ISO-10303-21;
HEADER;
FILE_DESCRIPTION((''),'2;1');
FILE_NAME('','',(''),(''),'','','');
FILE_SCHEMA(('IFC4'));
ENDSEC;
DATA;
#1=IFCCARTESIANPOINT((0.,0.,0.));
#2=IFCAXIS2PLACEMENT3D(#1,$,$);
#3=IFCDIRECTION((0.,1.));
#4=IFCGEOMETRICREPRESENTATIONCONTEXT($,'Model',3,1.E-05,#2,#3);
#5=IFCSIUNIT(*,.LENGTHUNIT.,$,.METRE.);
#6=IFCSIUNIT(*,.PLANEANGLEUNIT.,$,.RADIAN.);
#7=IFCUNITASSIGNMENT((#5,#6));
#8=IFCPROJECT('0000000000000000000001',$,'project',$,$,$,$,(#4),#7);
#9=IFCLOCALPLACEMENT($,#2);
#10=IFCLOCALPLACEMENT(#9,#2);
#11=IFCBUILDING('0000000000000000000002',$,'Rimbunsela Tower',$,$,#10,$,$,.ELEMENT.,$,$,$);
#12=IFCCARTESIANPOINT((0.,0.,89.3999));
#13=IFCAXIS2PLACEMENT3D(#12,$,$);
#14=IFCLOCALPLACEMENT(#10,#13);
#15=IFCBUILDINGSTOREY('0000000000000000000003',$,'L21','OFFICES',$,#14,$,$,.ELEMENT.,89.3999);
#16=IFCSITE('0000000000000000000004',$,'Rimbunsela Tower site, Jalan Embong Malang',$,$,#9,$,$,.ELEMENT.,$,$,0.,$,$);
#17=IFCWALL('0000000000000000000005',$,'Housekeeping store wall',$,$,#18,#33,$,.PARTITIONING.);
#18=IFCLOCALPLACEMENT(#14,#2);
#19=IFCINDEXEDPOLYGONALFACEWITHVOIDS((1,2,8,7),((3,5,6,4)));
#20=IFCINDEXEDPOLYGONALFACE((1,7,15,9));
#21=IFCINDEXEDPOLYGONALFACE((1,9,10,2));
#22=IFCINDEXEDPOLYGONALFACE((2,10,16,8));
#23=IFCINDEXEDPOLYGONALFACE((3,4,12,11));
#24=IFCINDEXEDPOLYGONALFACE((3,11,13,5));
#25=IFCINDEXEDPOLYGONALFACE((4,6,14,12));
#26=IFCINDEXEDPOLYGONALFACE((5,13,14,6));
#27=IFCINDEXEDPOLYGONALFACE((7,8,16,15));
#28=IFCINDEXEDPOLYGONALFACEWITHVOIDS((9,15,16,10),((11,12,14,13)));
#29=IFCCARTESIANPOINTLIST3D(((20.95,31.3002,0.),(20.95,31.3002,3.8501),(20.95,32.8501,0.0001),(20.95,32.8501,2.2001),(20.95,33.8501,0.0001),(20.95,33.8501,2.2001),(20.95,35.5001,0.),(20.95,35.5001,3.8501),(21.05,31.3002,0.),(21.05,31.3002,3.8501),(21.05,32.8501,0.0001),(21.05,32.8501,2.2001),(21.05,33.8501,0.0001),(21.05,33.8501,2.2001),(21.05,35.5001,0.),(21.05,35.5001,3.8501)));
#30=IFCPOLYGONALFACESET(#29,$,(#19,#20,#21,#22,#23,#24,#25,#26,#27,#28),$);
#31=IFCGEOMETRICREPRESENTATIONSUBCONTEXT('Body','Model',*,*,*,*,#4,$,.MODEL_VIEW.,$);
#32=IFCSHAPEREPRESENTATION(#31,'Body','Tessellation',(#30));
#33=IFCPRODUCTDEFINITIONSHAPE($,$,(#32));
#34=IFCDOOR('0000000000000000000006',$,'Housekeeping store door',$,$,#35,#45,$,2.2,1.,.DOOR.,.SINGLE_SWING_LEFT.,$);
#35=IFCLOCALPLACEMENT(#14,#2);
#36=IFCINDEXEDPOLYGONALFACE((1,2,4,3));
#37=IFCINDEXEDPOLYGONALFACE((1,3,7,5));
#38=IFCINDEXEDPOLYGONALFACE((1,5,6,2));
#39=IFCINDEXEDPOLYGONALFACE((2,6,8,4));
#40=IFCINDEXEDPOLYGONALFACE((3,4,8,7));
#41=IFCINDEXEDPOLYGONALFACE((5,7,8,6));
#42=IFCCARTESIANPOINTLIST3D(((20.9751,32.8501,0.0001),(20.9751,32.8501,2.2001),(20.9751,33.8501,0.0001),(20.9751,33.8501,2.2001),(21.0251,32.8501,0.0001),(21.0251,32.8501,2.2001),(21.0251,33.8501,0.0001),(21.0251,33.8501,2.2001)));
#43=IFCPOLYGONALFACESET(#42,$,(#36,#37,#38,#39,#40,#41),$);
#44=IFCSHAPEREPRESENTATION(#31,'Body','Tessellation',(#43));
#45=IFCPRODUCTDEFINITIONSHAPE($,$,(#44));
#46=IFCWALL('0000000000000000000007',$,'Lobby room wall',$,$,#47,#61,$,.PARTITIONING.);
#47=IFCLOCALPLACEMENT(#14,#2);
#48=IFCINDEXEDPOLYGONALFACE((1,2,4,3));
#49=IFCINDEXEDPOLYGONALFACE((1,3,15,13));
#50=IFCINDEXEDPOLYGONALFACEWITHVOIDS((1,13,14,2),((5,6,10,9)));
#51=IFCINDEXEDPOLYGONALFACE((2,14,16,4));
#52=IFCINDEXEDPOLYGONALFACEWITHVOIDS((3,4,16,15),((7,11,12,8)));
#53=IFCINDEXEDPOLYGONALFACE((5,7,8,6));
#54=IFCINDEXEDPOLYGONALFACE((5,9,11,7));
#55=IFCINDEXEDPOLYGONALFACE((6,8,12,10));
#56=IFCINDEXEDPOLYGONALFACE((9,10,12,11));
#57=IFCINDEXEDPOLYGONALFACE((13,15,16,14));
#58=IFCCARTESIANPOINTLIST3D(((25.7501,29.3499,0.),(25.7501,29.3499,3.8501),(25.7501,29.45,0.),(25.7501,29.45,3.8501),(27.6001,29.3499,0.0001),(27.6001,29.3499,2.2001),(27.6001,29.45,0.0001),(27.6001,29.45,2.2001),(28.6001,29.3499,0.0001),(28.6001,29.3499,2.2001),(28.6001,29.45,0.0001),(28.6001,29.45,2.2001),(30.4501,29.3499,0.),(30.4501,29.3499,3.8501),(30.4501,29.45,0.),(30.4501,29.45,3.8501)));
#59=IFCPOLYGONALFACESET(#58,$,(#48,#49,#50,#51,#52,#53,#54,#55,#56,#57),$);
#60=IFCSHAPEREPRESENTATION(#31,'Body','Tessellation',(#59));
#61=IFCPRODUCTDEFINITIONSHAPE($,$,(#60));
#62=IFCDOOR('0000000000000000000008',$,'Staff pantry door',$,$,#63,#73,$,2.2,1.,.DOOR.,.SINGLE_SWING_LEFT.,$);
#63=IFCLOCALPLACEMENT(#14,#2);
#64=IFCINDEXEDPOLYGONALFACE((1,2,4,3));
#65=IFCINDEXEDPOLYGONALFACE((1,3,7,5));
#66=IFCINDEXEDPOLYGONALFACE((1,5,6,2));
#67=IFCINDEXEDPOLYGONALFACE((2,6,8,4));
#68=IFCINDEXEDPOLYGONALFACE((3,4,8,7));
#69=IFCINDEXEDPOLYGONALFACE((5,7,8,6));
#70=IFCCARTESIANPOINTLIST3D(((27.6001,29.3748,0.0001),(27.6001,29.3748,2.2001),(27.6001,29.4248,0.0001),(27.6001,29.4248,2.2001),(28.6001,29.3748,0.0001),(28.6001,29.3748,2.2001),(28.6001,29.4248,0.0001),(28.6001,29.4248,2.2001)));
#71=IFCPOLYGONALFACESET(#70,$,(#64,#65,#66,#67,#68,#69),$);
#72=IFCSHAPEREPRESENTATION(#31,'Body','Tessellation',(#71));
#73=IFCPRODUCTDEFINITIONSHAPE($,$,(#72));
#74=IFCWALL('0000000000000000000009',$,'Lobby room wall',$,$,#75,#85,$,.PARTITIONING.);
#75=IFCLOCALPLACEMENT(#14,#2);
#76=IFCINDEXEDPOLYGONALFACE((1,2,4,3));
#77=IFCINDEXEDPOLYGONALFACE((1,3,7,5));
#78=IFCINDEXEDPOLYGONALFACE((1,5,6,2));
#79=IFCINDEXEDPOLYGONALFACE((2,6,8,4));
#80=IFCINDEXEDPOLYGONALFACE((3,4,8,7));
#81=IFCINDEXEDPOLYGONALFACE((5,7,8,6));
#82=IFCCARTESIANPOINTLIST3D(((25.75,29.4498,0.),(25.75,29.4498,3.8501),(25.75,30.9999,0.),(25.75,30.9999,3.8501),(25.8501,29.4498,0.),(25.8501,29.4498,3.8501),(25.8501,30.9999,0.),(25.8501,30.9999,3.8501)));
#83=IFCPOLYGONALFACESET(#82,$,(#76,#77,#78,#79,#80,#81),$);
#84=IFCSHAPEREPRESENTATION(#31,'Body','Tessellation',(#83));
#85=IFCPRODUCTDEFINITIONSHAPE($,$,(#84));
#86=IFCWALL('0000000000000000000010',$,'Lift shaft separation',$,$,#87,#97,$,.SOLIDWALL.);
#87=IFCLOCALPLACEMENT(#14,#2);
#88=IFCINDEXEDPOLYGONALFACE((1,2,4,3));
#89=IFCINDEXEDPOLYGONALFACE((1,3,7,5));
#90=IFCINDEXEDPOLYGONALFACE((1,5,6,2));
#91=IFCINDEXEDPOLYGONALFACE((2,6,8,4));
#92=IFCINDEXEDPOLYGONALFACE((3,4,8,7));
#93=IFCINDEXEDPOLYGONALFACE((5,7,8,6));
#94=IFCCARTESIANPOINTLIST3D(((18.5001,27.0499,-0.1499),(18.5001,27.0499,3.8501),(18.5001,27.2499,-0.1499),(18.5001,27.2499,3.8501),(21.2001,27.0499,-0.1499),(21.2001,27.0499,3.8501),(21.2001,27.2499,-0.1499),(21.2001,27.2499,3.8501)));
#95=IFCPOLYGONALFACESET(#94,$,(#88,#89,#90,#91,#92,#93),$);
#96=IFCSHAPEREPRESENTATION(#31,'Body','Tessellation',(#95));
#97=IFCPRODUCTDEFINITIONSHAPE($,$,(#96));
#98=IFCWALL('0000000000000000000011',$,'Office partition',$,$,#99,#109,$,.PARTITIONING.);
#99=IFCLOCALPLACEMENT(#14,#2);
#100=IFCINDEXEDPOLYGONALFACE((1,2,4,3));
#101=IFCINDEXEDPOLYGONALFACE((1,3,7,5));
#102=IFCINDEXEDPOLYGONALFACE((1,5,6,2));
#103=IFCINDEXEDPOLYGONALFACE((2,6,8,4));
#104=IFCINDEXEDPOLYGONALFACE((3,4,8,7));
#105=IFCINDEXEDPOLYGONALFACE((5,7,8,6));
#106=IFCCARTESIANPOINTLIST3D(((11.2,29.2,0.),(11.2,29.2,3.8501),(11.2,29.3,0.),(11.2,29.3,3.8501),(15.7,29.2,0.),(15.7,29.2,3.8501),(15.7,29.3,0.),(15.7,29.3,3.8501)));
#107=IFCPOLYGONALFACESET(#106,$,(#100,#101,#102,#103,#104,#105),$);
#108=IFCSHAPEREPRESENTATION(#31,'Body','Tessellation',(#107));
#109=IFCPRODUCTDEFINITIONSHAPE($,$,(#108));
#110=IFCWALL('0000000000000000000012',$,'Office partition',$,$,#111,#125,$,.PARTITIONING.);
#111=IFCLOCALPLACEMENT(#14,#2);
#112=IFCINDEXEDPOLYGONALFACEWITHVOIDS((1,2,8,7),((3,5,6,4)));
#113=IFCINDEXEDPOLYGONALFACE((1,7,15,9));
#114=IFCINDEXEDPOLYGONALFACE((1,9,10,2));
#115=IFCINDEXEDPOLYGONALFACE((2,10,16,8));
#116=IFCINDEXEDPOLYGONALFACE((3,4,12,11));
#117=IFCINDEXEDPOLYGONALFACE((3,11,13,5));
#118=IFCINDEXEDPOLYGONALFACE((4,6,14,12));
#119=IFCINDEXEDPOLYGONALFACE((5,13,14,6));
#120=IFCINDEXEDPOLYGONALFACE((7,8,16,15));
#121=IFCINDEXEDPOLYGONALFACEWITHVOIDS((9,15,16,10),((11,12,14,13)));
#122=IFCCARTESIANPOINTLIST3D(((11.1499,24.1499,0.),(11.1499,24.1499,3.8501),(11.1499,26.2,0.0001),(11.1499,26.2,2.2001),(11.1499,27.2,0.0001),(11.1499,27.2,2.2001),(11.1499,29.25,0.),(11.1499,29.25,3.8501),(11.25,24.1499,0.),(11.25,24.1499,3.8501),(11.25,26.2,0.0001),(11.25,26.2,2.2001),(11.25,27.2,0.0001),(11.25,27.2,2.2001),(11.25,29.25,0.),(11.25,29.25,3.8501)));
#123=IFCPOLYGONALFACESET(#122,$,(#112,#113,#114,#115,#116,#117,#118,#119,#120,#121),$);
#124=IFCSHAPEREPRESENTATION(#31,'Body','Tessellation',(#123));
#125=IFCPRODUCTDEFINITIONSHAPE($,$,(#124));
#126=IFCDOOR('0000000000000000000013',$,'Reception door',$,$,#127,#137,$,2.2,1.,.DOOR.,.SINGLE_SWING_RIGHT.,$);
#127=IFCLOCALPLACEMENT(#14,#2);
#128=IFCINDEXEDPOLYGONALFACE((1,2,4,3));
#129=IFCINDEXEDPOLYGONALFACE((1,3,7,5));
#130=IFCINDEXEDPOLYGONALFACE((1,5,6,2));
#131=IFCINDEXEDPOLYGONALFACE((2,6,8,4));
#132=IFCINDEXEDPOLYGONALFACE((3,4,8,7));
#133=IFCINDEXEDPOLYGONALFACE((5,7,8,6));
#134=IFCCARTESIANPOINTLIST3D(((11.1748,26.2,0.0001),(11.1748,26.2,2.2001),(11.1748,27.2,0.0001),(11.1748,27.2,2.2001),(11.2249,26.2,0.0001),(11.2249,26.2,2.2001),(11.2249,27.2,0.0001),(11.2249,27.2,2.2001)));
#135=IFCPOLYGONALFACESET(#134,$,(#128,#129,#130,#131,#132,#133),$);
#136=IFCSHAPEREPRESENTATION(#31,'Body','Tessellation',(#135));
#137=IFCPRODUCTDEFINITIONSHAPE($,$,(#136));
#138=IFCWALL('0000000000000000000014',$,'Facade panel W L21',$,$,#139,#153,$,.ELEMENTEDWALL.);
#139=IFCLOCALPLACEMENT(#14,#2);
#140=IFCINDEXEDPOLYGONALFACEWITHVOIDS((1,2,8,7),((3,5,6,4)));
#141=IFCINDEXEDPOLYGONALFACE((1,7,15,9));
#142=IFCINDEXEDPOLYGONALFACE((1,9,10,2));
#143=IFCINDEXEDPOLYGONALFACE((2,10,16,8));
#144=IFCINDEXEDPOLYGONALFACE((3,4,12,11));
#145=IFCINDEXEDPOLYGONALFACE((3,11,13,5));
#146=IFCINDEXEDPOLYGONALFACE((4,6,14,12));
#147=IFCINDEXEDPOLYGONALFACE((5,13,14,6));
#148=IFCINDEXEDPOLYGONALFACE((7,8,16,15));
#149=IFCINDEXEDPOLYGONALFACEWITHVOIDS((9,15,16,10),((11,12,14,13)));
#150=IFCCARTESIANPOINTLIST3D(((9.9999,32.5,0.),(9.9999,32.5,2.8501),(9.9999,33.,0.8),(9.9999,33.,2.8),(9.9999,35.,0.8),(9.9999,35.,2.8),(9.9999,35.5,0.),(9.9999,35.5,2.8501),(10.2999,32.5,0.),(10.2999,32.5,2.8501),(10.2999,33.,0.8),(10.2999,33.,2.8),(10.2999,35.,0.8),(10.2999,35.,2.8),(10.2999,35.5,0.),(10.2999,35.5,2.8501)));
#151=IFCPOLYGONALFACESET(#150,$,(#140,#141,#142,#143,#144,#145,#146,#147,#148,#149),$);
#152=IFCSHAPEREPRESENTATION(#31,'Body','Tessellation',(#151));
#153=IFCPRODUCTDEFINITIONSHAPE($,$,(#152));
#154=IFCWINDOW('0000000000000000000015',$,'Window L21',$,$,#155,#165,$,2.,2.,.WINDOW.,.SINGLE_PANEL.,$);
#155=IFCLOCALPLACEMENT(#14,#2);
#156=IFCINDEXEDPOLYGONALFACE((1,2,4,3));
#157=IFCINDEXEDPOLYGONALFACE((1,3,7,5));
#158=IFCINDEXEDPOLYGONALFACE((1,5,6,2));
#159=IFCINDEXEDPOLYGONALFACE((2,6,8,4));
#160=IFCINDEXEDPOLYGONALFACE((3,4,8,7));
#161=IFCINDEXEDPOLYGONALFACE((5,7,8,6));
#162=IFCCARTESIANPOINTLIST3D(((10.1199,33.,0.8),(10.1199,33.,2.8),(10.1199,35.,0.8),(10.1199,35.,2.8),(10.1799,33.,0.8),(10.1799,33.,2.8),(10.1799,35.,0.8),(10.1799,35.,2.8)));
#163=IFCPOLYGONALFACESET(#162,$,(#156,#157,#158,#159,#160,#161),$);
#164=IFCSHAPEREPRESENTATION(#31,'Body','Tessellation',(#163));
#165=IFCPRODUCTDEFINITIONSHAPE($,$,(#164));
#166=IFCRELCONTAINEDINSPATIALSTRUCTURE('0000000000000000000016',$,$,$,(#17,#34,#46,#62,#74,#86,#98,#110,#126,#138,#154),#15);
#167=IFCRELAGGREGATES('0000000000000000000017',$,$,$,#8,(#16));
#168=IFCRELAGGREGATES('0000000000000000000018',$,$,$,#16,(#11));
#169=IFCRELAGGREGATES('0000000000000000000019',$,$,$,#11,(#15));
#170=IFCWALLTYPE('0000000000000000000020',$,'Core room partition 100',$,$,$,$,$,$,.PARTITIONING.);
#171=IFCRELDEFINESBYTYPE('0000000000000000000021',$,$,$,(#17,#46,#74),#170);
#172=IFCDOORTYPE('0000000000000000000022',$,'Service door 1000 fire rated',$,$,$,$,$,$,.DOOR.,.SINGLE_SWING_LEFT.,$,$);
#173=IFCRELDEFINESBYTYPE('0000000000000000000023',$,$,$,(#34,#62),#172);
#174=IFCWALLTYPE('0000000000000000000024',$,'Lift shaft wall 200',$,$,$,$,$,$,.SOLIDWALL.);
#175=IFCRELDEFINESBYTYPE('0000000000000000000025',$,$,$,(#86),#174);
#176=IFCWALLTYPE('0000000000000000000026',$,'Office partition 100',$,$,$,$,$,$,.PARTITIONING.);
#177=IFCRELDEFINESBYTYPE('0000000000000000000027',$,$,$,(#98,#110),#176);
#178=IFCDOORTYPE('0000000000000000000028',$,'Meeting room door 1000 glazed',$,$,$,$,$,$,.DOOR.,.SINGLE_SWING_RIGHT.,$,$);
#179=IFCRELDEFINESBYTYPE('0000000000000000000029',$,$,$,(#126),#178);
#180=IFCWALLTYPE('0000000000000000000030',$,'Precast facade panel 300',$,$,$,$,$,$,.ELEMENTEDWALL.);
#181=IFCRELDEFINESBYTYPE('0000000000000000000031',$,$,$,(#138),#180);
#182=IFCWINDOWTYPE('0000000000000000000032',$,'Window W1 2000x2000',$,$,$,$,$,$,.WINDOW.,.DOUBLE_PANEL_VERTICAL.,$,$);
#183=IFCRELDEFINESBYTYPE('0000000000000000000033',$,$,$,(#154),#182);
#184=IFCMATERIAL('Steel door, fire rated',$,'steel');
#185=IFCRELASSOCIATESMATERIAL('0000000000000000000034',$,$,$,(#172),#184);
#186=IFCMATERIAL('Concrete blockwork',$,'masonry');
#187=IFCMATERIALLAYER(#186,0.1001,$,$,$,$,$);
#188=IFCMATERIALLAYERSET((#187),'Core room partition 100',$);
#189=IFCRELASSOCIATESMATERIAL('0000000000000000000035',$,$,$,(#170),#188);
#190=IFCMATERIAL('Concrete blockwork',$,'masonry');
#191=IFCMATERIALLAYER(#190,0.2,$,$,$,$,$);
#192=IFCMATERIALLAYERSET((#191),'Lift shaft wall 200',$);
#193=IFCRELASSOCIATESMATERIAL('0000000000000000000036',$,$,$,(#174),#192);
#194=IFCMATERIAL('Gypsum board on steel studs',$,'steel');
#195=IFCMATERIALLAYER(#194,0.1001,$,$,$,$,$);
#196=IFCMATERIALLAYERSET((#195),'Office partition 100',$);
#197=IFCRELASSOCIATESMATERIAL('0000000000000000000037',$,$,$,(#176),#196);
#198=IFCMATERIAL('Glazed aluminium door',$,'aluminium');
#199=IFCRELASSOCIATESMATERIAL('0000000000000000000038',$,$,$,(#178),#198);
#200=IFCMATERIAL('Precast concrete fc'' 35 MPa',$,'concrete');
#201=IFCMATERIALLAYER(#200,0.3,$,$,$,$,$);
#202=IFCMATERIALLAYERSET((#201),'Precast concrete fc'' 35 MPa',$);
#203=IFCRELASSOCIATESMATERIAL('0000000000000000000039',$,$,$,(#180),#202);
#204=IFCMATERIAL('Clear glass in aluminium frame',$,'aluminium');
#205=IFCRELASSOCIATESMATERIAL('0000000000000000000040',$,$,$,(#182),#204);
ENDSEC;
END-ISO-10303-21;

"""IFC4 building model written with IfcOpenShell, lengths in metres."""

from ifc_helpers import new_model, si_unit, direction, frame, frame_2d, origin, place, context, subcontext, project, spatial, rectangle, extrude, material, layer, layer_set, type_object, element, fill, save


model = new_model("IFC4")

# Units and contexts
model_context = context("Model", 3, precision=1e-05, world=origin(), true_north=direction((0.0, 1.0)))
body_context = subcontext(model_context, "Body", "Model", "MODEL_VIEW")
ifc_project = project(units=[si_unit("LENGTHUNIT", "METRE"), si_unit("PLANEANGLEUNIT", "RADIAN")], contexts=[model_context])

# Site, building, storey
site_placement = place(None, origin())
site = spatial("IfcSite", under=ifc_project, at=site_placement, Name="Rimbunsela Tower site, Jalan Embong Malang", CompositionType="ELEMENT", RefElevation=0.0)
building_placement = place(site_placement, origin())
building = spatial("IfcBuilding", under=site, at=building_placement, Name="Rimbunsela Tower", CompositionType="ELEMENT")
storey_placement = place(building_placement, frame((0.0, 0.0, 89.3999)))
storey = spatial("IfcBuildingStorey", under=building, at=storey_placement, Name="L21", Description="OFFICES", CompositionType="ELEMENT", Elevation=89.3999)

# Shared definitions
ifc_material_1 = material(Name="Steel door, fire rated", Category="steel")
door_type_1 = type_object("IfcDoorType", Name="Service door 1000 fire rated", OperationType="SINGLE_SWING_LEFT", PredefinedType="DOOR", material=ifc_material_1)

# Walls, openings, doors
ifc_material_2 = material(Name="Concrete blockwork", Category="masonry")
ifc_layer_1 = layer(ifc_material_2, 0.1001)
ifc_layer_set_1 = layer_set([ifc_layer_1], Name="Core room partition 100")
wall_type_1 = type_object("IfcWallType", Name="Core room partition 100", PredefinedType="PARTITIONING", material=ifc_layer_set_1)
wall_1_placement = place(storey_placement, frame((21.0, 31.3, 0.0), z_axis=(0.0, 0.0, 1.0), x_axis=(0.0, 1.0, 0.0)))
wall_1 = element("IfcWall", 1, at=wall_1_placement, inside=storey, type_object=wall_type_1, Name="Housekeeping store wall", PredefinedType="PARTITIONING", context=body_context, shape_type="SweptSolid", body=[
    extrude(rectangle(XDim=4.2, YDim=0.1001, at=frame_2d((2.1001, 0.0))), origin(), (0.0, 0.0, 1.0), 3.8501),
])
opening_1_placement = place(wall_1_placement, frame((1.55, 0.0, 0.0)))
opening_1 = element("IfcOpeningElement", 2, at=opening_1_placement, cuts=wall_1, PredefinedType="OPENING", context=body_context, shape_type="SweptSolid", body=[
    extrude(rectangle(XDim=1.0, YDim=2.2, at=frame_2d((0.5, 1.1001))), frame((0.0, 0.0601, 0.0), z_axis=(0.0, -1.0, 0.0), x_axis=(1.0, 0.0, 0.0)), (0.0, 0.0, 1.0), 0.1201),
])
door_1_placement = place(opening_1_placement, origin())
door_1 = element("IfcDoor", 3, at=door_1_placement, inside=storey, type_object=door_type_1, Name="Housekeeping store door", OperationType="SINGLE_SWING_LEFT", OverallHeight=2.2, OverallWidth=1.0, PredefinedType="DOOR", context=body_context, shape_type="SweptSolid", body=[
    extrude(rectangle(XDim=1.0, YDim=2.2, at=frame_2d((0.5, 1.1001))), frame((0.0, 0.0249, 0.0), z_axis=(0.0, -1.0, 0.0), x_axis=(1.0, 0.0, 0.0)), (0.0, 0.0, 1.0), 0.05),
])
fill(opening_1, door_1)
wall_2_placement = place(storey_placement, frame((25.75, 29.3999, 0.0), z_axis=(0.0, 0.0, 1.0), x_axis=(1.0, 0.0, 0.0)))
wall_2 = element("IfcWall", 4, at=wall_2_placement, inside=storey, type_object=wall_type_1, Name="Lobby room wall", PredefinedType="PARTITIONING", context=body_context, shape_type="SweptSolid", body=[
    extrude(rectangle(XDim=4.7, YDim=0.1001, at=frame_2d((2.3501, 0.0))), origin(), (0.0, 0.0, 1.0), 3.8501),
])
opening_2_placement = place(wall_2_placement, frame((1.8501, 0.0, 0.0)))
opening_2 = element("IfcOpeningElement", 5, at=opening_2_placement, cuts=wall_2, PredefinedType="OPENING", context=body_context, shape_type="SweptSolid", body=[
    extrude(rectangle(XDim=1.0, YDim=2.2, at=frame_2d((0.5, 1.1001))), frame((0.0, 0.0601, 0.0), z_axis=(0.0, -1.0, 0.0), x_axis=(1.0, 0.0, 0.0)), (0.0, 0.0, 1.0), 0.1201),
])
door_2_placement = place(opening_2_placement, origin())
door_2 = element("IfcDoor", 6, at=door_2_placement, inside=storey, type_object=door_type_1, Name="Staff pantry door", OperationType="SINGLE_SWING_LEFT", OverallHeight=2.2, OverallWidth=1.0, PredefinedType="DOOR", context=body_context, shape_type="SweptSolid", body=[
    extrude(rectangle(XDim=1.0, YDim=2.2, at=frame_2d((0.5, 1.1001))), frame((0.0, 0.0249, 0.0), z_axis=(0.0, -1.0, 0.0), x_axis=(1.0, 0.0, 0.0)), (0.0, 0.0, 1.0), 0.05),
])
fill(opening_2, door_2)

# Walls
wall_3_placement = place(storey_placement, frame((25.8, 29.45, 0.0), z_axis=(0.0, 0.0, 1.0), x_axis=(0.0, 1.0, 0.0)))
element("IfcWall", 7, at=wall_3_placement, inside=storey, type_object=wall_type_1, Name="Lobby room wall", PredefinedType="PARTITIONING", context=body_context, shape_type="SweptSolid", body=[
    extrude(rectangle(XDim=1.55, YDim=0.1001, at=frame_2d((0.7749, 0.0))), origin(), (0.0, 0.0, 1.0), 3.8501),
])
ifc_material_3 = material(Name="Concrete blockwork", Category="masonry")
ifc_layer_2 = layer(ifc_material_3, 0.2)
ifc_layer_set_2 = layer_set([ifc_layer_2], Name="Lift shaft wall 200")
wall_type_2 = type_object("IfcWallType", Name="Lift shaft wall 200", PredefinedType="SOLIDWALL", material=ifc_layer_set_2)
wall_4_placement = place(storey_placement, frame((18.5, 27.1499, -0.1499), z_axis=(0.0, 0.0, 1.0), x_axis=(1.0, 0.0, 0.0)))
element("IfcWall", 8, at=wall_4_placement, inside=storey, type_object=wall_type_2, Name="Lift shaft separation", PredefinedType="SOLIDWALL", context=body_context, shape_type="SweptSolid", body=[
    extrude(rectangle(XDim=2.7, YDim=0.2, at=frame_2d((1.3501, 0.0))), origin(), (0.0, 0.0, 1.0), 4.0),
])
ifc_material_4 = material(Name="Gypsum board on steel studs", Category="steel")
ifc_layer_3 = layer(ifc_material_4, 0.1001)
ifc_layer_set_3 = layer_set([ifc_layer_3], Name="Office partition 100")
wall_type_3 = type_object("IfcWallType", Name="Office partition 100", PredefinedType="PARTITIONING", material=ifc_layer_set_3)
wall_5_placement = place(storey_placement, frame((15.7, 29.25, 0.0), z_axis=(0.0, 0.0, 1.0), x_axis=(-1.0, 0.0, 0.0)))
element("IfcWall", 9, at=wall_5_placement, inside=storey, type_object=wall_type_3, Name="Office partition", PredefinedType="PARTITIONING", context=body_context, shape_type="SweptSolid", body=[
    extrude(rectangle(XDim=4.5, YDim=0.1001, at=frame_2d((2.25, 0.0))), origin(), (0.0, 0.0, 1.0), 3.8501),
])

# Wall, opening, door
wall_6_placement = place(storey_placement, frame((11.2, 29.25, 0.0), z_axis=(0.0, 0.0, 1.0), x_axis=(0.0, -1.0, 0.0)))
wall_6 = element("IfcWall", 10, at=wall_6_placement, inside=storey, type_object=wall_type_3, Name="Office partition", PredefinedType="PARTITIONING", context=body_context, shape_type="SweptSolid", body=[
    extrude(rectangle(XDim=5.1001, YDim=0.1001, at=frame_2d((2.55, 0.0))), origin(), (0.0, 0.0, 1.0), 3.8501),
])
opening_3_placement = place(wall_6_placement, frame((2.05, 0.0, 0.0)))
opening_3 = element("IfcOpeningElement", 11, at=opening_3_placement, cuts=wall_6, PredefinedType="OPENING", context=body_context, shape_type="SweptSolid", body=[
    extrude(rectangle(XDim=1.0, YDim=2.2, at=frame_2d((0.5, 1.1001))), frame((0.0, 0.0601, 0.0), z_axis=(0.0, -1.0, 0.0), x_axis=(1.0, 0.0, 0.0)), (0.0, 0.0, 1.0), 0.1201),
])
ifc_material_5 = material(Name="Glazed aluminium door", Category="aluminium")
door_type_2 = type_object("IfcDoorType", Name="Meeting room door 1000 glazed", OperationType="SINGLE_SWING_RIGHT", PredefinedType="DOOR", material=ifc_material_5)
door_3_placement = place(opening_3_placement, origin())
door_3 = element("IfcDoor", 12, at=door_3_placement, inside=storey, type_object=door_type_2, Name="Reception door", OperationType="SINGLE_SWING_RIGHT", OverallHeight=2.2, OverallWidth=1.0, PredefinedType="DOOR", context=body_context, shape_type="SweptSolid", body=[
    extrude(rectangle(XDim=1.0, YDim=2.2, at=frame_2d((0.5, 1.1001))), frame((0.0, 0.0249, 0.0), z_axis=(0.0, -1.0, 0.0), x_axis=(1.0, 0.0, 0.0)), (0.0, 0.0, 1.0), 0.05),
])
fill(opening_3, door_3)

# Wall, opening, window
ifc_material_6 = material(Name="Precast concrete fc' 35 MPa", Category="concrete")
ifc_layer_4 = layer(ifc_material_6, 0.3)
ifc_layer_set_4 = layer_set([ifc_layer_4], Name="Precast concrete fc' 35 MPa")
wall_type_4 = type_object("IfcWallType", Name="Precast facade panel 300", PredefinedType="ELEMENTEDWALL", material=ifc_layer_set_4)
wall_7_placement = place(storey_placement, frame((10.1499, 35.5, 0.0), z_axis=(0.0, 0.0, 1.0), x_axis=(0.0, -1.0, 0.0)))
wall_7 = element("IfcWall", 13, at=wall_7_placement, inside=storey, type_object=wall_type_4, Name="Facade panel W L21", PredefinedType="ELEMENTEDWALL", context=body_context, shape_type="SweptSolid", body=[
    extrude(rectangle(XDim=3.0, YDim=0.3, at=frame_2d((1.5, 0.0))), origin(), (0.0, 0.0, 1.0), 2.8501),
])
opening_4_placement = place(wall_7_placement, frame((0.5, 0.0, 0.8)))
opening_4 = element("IfcOpeningElement", 14, at=opening_4_placement, cuts=wall_7, PredefinedType="OPENING", context=body_context, shape_type="SweptSolid", body=[
    extrude(rectangle(XDim=2.0, YDim=2.0, at=frame_2d((1.0, 1.0))), frame((0.0, 0.1599, 0.0), z_axis=(0.0, -1.0, 0.0), x_axis=(1.0, 0.0, 0.0)), (0.0, 0.0, 1.0), 0.3201),
])
ifc_material_7 = material(Name="Clear glass in aluminium frame", Category="aluminium")
window_type = type_object("IfcWindowType", Name="Window W1 2000x2000", PartitioningType="DOUBLE_PANEL_VERTICAL", PredefinedType="WINDOW", material=ifc_material_7)
window_placement = place(opening_4_placement, origin())
window = element("IfcWindow", 15, at=window_placement, inside=storey, type_object=window_type, Name="Window L21", OverallHeight=2.0, OverallWidth=2.0, PartitioningType="SINGLE_PANEL", PredefinedType="WINDOW", context=body_context, shape_type="SweptSolid", body=[
    extrude(rectangle(XDim=2.0, YDim=2.0, at=frame_2d((1.0, 1.0))), frame((0.0, 0.03, 0.0), z_axis=(0.0, -1.0, 0.0), x_axis=(1.0, 0.0, 0.0)), (0.0, 0.0, 1.0), 0.0601),
])
fill(opening_4, window)

save(model, "model.ifc")
